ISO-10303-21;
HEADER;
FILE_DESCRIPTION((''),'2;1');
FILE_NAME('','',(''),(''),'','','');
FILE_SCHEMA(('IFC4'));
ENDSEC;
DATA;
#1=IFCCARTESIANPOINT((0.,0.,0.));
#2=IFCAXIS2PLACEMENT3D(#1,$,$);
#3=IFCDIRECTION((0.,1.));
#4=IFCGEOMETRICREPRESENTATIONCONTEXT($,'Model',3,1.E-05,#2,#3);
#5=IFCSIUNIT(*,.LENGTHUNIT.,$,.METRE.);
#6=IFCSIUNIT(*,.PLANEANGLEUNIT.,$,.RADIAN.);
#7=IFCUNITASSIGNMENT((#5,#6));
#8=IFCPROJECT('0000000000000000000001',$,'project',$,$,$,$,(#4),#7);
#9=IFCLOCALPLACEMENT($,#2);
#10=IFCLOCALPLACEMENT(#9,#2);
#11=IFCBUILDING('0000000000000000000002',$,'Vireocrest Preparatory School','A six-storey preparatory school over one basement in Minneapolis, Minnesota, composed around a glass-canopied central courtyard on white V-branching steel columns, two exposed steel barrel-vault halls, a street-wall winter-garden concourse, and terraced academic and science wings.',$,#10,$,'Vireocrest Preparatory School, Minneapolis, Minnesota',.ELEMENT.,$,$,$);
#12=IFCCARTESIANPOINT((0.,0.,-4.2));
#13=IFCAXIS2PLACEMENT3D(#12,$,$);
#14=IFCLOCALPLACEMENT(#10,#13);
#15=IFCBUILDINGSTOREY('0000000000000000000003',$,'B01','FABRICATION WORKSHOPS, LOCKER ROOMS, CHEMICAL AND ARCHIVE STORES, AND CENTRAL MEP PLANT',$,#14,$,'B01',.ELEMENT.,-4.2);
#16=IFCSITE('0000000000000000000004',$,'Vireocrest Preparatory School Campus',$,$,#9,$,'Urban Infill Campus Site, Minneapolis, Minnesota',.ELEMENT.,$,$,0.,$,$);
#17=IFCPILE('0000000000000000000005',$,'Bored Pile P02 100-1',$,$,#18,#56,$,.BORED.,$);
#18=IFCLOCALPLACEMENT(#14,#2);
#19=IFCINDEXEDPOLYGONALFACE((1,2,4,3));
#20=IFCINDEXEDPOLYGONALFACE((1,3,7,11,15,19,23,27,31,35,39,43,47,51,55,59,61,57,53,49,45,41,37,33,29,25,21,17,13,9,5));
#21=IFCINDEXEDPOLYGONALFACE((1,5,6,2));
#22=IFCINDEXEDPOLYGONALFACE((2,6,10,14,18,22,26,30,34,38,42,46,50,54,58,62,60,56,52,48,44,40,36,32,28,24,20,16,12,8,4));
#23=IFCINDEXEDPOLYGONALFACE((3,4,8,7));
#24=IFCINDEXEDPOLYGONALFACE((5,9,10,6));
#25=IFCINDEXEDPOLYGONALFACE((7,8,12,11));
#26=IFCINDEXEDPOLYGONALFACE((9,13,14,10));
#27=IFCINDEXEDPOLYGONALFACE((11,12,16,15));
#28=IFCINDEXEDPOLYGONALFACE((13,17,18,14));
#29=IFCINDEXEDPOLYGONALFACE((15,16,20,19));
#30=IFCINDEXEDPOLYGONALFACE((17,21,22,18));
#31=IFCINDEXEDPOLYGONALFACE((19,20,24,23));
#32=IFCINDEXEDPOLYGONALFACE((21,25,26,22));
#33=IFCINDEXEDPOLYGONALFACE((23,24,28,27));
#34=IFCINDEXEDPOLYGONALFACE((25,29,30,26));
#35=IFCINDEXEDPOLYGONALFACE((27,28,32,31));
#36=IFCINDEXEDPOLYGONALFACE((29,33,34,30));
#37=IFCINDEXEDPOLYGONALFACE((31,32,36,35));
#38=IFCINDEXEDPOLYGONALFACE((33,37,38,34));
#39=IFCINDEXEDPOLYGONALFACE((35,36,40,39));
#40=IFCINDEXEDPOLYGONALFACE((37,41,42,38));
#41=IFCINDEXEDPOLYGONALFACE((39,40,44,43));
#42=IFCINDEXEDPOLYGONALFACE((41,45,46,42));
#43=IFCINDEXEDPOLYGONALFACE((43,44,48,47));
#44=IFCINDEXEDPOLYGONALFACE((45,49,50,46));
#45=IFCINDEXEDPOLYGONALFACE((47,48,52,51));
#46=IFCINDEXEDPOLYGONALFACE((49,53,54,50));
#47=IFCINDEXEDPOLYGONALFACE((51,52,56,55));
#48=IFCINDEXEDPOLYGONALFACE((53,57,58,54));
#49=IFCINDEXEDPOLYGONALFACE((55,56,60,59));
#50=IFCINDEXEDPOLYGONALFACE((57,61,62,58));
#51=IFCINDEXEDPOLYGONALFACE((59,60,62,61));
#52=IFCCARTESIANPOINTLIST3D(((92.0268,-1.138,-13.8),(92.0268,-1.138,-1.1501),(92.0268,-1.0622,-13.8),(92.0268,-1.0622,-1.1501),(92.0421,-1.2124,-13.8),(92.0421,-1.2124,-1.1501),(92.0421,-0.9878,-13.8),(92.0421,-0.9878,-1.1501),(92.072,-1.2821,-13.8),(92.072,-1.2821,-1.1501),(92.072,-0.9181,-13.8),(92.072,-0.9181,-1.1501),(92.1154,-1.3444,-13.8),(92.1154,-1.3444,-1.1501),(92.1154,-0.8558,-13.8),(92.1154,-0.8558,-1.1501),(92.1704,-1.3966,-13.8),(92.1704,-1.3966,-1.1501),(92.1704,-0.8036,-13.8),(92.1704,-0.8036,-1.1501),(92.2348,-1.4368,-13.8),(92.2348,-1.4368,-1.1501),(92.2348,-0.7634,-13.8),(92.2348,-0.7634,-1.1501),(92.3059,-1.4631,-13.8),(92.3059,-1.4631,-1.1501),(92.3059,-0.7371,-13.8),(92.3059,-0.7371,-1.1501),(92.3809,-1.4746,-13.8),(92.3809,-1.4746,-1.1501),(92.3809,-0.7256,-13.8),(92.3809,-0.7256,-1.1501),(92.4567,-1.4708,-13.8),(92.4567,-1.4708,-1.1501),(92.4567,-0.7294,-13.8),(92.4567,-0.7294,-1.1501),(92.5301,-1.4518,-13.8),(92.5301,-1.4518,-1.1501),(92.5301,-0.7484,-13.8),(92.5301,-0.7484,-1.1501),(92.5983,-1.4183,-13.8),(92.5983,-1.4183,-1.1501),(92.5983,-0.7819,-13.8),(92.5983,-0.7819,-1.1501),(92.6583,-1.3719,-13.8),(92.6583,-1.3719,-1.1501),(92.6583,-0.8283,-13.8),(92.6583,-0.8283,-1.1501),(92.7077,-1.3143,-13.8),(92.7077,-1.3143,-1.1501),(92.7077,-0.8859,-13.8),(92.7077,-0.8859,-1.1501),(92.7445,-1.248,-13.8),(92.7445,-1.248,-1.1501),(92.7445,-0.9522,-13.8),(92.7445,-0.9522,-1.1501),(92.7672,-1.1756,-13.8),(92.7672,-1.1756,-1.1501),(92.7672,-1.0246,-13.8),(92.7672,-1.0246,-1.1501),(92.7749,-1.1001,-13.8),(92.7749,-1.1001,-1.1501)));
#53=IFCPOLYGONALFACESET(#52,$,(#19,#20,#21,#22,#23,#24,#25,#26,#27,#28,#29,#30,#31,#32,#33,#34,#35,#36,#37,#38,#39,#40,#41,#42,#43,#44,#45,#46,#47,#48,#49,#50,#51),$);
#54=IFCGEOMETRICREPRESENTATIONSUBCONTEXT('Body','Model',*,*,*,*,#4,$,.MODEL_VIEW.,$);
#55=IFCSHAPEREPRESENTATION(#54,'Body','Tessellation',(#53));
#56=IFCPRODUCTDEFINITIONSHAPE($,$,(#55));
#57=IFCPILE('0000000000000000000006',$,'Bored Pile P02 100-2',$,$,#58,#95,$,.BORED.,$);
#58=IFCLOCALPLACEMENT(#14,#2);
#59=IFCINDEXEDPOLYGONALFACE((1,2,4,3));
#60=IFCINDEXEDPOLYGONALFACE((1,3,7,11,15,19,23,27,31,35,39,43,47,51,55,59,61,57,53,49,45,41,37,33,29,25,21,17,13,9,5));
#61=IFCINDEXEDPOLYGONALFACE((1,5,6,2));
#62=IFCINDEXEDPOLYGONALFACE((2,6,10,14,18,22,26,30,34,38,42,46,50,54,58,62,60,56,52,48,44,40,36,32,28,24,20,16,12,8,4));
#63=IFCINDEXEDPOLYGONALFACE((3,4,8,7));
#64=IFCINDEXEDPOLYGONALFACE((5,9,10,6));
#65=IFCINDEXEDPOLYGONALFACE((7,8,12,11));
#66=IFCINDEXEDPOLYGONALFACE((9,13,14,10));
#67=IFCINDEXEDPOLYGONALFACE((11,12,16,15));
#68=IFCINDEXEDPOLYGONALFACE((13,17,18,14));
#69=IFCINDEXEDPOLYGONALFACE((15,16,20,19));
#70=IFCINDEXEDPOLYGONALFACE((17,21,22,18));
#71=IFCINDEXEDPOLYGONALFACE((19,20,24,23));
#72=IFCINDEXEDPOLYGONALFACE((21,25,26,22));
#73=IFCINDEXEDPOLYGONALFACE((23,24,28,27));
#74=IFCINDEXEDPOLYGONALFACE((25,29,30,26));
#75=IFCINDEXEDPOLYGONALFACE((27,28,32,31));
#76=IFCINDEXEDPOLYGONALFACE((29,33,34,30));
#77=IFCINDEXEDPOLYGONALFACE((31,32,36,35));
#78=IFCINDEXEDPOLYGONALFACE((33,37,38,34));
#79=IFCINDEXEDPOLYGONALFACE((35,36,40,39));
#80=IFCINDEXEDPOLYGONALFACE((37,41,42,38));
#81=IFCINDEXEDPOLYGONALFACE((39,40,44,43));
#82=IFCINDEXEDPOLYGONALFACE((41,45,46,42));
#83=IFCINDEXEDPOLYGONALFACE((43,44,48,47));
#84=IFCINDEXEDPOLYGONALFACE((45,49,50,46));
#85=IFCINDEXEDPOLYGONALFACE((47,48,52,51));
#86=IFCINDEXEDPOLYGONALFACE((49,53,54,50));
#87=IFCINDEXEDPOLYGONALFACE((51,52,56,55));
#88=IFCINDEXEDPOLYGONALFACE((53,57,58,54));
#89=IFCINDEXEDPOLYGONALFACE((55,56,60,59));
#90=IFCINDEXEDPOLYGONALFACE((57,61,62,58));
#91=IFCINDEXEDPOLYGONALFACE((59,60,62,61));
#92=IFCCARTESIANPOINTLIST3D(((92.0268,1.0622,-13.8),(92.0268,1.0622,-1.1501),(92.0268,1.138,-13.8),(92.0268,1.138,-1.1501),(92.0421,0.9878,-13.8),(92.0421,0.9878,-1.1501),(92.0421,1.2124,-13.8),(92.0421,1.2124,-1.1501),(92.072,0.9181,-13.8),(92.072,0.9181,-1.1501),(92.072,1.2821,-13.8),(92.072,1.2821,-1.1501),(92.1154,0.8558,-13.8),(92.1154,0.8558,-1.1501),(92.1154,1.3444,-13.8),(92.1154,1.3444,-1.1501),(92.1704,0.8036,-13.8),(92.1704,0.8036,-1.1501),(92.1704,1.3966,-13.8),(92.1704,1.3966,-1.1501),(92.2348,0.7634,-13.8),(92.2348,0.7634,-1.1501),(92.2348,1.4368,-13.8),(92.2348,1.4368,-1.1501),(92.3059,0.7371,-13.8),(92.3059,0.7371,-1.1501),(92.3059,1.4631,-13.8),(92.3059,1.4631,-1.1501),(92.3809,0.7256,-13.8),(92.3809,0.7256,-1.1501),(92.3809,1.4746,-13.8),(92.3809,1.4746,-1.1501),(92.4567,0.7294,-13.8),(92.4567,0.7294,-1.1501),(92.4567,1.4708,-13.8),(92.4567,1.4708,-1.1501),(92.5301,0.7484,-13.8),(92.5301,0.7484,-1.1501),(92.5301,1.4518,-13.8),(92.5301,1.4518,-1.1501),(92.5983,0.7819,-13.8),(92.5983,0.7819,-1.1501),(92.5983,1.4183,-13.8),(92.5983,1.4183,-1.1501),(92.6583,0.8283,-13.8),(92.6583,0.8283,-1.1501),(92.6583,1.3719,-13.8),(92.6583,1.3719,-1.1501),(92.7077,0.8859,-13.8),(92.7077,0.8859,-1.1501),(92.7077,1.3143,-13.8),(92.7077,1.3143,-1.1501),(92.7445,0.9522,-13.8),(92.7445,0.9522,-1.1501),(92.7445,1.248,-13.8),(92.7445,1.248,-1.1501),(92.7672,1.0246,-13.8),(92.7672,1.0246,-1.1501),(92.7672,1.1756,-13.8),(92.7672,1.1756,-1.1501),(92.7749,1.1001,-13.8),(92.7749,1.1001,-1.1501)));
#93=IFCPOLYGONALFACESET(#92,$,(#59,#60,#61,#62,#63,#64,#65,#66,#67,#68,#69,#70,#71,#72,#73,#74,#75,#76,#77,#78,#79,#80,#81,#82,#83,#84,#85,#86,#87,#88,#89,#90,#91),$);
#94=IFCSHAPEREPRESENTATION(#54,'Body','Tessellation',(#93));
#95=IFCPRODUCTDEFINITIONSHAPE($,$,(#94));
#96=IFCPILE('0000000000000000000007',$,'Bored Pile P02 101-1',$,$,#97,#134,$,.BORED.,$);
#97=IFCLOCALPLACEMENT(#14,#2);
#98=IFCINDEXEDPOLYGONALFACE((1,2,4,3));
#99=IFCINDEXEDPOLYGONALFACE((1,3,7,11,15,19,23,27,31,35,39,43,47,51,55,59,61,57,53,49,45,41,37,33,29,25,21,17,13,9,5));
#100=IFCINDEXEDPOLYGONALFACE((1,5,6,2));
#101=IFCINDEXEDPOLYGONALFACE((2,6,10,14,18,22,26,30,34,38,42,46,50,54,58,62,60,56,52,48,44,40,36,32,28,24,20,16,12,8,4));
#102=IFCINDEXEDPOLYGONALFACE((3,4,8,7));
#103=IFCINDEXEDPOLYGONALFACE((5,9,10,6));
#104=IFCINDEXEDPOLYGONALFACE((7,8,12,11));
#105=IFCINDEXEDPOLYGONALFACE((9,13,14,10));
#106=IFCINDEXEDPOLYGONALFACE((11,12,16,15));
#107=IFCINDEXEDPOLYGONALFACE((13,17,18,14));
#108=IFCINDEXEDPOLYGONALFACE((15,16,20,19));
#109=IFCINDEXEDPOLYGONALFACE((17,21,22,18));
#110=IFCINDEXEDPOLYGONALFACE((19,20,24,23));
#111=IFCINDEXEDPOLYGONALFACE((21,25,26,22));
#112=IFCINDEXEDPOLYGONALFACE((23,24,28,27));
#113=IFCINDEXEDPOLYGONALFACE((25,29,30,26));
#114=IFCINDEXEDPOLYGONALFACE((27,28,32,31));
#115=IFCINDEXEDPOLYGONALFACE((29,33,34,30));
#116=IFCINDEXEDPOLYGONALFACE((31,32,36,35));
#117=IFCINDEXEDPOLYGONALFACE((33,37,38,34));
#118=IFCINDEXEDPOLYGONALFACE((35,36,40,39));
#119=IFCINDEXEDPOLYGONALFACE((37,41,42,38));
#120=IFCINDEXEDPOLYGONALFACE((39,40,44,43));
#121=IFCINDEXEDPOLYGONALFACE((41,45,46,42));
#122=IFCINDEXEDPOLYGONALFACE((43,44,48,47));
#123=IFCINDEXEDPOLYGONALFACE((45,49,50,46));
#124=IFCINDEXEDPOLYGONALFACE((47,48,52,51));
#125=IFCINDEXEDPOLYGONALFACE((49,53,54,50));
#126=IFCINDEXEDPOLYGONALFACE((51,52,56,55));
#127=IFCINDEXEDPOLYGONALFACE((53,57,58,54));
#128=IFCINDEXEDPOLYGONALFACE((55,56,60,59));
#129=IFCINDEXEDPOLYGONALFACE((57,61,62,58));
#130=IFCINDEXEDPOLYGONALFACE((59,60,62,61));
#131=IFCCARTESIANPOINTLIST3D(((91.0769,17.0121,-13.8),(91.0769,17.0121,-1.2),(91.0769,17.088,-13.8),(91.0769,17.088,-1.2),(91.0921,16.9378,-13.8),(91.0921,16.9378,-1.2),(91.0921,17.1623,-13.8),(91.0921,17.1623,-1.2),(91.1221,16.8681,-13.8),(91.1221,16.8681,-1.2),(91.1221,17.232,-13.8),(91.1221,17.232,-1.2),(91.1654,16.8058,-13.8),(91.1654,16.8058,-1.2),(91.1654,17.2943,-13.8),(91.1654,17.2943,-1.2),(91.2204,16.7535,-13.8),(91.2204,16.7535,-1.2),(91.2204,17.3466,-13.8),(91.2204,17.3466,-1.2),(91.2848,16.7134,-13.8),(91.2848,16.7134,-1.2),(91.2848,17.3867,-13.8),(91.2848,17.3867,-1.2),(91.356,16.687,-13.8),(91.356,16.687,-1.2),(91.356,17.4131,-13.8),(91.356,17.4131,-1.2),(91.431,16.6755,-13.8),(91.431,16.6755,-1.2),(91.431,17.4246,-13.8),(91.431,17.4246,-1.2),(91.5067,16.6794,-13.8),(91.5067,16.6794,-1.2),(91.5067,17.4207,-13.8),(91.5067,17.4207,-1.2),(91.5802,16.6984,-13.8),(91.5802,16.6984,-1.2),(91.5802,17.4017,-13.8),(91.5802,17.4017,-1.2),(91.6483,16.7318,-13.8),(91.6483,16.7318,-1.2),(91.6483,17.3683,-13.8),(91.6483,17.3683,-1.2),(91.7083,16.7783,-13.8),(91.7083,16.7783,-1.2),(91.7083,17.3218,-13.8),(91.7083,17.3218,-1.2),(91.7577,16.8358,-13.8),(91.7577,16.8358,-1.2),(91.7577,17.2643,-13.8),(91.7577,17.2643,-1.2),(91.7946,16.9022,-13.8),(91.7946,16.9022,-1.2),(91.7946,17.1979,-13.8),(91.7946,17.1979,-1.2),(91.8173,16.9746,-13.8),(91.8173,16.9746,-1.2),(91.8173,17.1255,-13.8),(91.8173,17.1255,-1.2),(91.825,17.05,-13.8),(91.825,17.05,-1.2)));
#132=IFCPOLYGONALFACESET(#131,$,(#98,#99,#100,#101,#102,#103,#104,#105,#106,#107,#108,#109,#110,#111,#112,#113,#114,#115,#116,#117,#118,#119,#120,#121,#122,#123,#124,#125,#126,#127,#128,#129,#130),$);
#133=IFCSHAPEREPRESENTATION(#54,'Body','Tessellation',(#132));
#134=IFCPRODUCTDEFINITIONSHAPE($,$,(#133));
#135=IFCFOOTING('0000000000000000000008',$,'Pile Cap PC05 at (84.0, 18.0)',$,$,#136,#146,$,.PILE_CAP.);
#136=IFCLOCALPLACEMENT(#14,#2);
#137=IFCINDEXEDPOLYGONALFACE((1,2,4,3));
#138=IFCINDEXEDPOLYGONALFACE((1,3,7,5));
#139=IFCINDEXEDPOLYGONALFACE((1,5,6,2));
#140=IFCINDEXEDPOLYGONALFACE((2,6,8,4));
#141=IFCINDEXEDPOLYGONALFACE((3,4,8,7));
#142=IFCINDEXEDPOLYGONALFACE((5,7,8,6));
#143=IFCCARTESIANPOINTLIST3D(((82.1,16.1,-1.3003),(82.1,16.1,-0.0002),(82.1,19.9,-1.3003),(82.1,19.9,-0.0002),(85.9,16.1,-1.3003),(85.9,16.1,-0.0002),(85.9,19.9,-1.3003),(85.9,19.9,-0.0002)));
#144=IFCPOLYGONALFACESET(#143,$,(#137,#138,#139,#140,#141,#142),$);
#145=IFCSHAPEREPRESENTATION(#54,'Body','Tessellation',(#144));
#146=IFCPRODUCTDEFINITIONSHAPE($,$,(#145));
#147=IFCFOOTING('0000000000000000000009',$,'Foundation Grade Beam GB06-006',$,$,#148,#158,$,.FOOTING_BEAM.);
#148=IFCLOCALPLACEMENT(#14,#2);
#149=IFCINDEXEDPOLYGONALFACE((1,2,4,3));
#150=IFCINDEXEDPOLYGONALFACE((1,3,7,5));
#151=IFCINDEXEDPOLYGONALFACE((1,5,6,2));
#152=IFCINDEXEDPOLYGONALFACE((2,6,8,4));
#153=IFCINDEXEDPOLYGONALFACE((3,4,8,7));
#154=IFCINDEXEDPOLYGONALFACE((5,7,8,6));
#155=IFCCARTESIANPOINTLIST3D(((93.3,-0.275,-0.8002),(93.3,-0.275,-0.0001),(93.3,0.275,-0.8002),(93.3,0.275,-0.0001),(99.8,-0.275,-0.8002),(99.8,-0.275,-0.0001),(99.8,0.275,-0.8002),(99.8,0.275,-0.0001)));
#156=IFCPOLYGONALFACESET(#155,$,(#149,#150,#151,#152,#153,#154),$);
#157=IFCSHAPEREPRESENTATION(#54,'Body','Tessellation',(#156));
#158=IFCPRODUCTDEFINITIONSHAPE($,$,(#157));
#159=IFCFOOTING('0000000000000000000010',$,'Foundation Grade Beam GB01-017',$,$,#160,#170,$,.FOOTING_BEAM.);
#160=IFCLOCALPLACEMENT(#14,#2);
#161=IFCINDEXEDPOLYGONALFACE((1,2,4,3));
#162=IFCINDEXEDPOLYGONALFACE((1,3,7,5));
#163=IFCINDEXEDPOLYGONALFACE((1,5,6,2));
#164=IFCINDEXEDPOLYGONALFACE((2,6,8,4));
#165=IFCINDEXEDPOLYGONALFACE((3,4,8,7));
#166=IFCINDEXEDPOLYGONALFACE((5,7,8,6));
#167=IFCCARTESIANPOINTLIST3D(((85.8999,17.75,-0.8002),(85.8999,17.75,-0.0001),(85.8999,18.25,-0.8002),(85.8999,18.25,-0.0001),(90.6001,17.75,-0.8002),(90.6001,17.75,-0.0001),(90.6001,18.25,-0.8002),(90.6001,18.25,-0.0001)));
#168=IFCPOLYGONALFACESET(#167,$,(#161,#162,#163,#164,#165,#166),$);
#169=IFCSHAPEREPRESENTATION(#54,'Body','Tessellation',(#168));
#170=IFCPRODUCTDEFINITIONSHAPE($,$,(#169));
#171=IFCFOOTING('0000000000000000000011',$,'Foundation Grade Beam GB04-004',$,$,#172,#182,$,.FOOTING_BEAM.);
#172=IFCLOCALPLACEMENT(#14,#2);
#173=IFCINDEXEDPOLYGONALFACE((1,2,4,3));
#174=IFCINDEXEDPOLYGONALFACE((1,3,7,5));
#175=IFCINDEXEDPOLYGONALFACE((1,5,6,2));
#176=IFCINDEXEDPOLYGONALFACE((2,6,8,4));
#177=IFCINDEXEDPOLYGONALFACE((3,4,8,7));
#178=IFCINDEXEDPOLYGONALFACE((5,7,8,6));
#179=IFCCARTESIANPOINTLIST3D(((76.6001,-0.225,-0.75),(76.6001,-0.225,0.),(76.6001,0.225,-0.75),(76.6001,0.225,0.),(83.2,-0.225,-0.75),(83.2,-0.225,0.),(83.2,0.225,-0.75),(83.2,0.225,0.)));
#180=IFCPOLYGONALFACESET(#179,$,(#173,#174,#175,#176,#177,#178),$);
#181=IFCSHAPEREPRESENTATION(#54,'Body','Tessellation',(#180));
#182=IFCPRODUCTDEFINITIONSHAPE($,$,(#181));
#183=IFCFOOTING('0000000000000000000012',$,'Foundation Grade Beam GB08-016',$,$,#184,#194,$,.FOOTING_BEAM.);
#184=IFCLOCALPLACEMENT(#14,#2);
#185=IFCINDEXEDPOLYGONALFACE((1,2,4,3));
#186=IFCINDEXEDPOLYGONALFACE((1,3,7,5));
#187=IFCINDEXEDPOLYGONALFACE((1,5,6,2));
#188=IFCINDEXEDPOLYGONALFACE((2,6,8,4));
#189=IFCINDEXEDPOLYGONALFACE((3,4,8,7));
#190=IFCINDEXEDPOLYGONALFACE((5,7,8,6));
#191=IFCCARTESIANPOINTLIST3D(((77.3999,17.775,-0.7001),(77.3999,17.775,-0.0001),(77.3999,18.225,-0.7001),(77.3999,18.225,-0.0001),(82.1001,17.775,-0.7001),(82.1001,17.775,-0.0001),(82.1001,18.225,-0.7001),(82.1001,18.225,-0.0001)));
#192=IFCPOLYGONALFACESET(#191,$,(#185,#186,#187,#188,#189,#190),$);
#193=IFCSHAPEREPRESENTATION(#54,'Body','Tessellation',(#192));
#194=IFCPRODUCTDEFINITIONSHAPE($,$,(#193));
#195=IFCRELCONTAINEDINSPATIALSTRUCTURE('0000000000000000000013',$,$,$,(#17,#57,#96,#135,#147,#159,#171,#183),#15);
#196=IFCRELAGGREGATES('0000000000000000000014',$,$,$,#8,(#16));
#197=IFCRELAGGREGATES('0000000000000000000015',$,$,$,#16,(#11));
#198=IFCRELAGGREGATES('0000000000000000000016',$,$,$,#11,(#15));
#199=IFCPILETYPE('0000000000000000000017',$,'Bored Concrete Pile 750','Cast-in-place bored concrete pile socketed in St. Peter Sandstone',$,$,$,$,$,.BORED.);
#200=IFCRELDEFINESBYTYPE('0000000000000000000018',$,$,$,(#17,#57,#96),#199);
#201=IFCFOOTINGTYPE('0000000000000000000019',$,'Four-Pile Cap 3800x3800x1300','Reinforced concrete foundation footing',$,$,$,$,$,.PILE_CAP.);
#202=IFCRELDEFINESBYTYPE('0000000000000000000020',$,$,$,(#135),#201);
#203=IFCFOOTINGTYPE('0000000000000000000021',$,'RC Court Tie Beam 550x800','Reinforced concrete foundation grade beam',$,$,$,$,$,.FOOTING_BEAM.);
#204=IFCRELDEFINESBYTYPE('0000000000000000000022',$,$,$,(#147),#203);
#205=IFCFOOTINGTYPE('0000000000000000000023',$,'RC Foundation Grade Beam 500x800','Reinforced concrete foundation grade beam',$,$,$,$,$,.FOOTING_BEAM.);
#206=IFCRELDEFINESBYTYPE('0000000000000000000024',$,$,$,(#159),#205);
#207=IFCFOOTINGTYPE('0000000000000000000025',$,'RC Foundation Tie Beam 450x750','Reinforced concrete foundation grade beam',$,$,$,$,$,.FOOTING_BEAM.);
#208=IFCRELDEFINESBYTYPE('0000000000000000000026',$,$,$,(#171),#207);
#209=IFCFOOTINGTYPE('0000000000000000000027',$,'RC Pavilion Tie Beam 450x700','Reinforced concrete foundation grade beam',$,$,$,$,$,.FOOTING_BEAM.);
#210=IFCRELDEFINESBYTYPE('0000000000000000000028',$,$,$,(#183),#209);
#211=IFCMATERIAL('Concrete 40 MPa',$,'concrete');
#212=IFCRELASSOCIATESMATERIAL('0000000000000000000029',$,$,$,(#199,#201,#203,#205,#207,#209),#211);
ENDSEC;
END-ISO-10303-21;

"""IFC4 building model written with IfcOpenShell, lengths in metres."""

from ifc_helpers import new_model, si_unit, direction, frame, origin, origin_2d, place, context, subcontext, project, spatial, rectangle, circle, extrude, material, material_profile, profile_set, type_object, element, save


model = new_model("IFC4")

# Units and contexts
model_context = context("Model", 3, precision=1e-05, world=origin(), true_north=direction((0.0, 1.0)))
body_context = subcontext(model_context, "Body", "Model", "MODEL_VIEW")
ifc_project = project(units=[si_unit("LENGTHUNIT", "METRE"), si_unit("PLANEANGLEUNIT", "RADIAN")], contexts=[model_context])

# Site, building, storey
site_placement = place(None, origin())
site = spatial("IfcSite", under=ifc_project, at=site_placement, Name="Vireocrest Preparatory School Campus", LongName="Urban Infill Campus Site, Minneapolis, Minnesota", CompositionType="ELEMENT", RefElevation=0.0)
building_placement = place(site_placement, origin())
building = spatial("IfcBuilding", under=site, at=building_placement, Name="Vireocrest Preparatory School", Description="A six-storey preparatory school over one basement in Minneapolis, Minnesota, composed around a glass-canopied central courtyard on white V-branching steel columns, two exposed steel barrel-vault halls, a street-wall winter-garden concourse, and terraced academic and science wings.", LongName="Vireocrest Preparatory School, Minneapolis, Minnesota", CompositionType="ELEMENT")
storey_placement = place(building_placement, frame((0.0, 0.0, -4.2)))
storey = spatial("IfcBuildingStorey", under=building, at=storey_placement, Name="B01", Description="FABRICATION WORKSHOPS, LOCKER ROOMS, CHEMICAL AND ARCHIVE STORES, AND CENTRAL MEP PLANT", LongName="B01", CompositionType="ELEMENT", Elevation=-4.2)

# Piles
ifc_material_1 = material(Name="Concrete 40 MPa", Category="concrete")
ifc_material_profile_1 = material_profile(ifc_material_1, circle(Radius=0.375, at=origin_2d()), Name="BORED PILE 750")
ifc_profile_set_1 = profile_set([ifc_material_profile_1], Name="Concrete 40 MPa")
pile_type_1 = type_object("IfcPileType", Name="Bored Concrete Pile 750", Description="Cast-in-place bored concrete pile socketed in St. Peter Sandstone", PredefinedType="BORED", material=ifc_profile_set_1)
for number, where, z_axis, x_axis, name in (
    (1, (92.3999, -1.1001, -1.1501), (0.0, 0.0, -1.0), (1.0, 0.0, 0.0), "Bored Pile P02 100-1"),
    (2, (92.3999, 1.1001, -1.1501), (0.0, 0.0, -1.0), (1.0, 0.0, 0.0), "Bored Pile P02 100-2"),
):
    element("IfcPile", number, at=place(storey_placement, frame(where, z_axis=z_axis, x_axis=x_axis)), inside=storey, type_object=pile_type_1, Name=name, PredefinedType="BORED", context=body_context, shape_type="SweptSolid", body=[
        extrude(circle(Radius=0.375, at=origin_2d()), origin(), (0.0, 0.0, 1.0), 12.6499),
    ])
pile_placement = place(storey_placement, frame((91.45, 17.05, -1.2), z_axis=(0.0, 0.0, -1.0), x_axis=(1.0, 0.0, 0.0)))
element("IfcPile", 3, at=pile_placement, inside=storey, type_object=pile_type_1, Name="Bored Pile P02 101-1", PredefinedType="BORED", context=body_context, shape_type="SweptSolid", body=[
    extrude(circle(Radius=0.375, at=origin_2d()), origin(), (0.0, 0.0, 1.0), 12.6001),
])

# Footings
footing_type_1 = type_object("IfcFootingType", Name="Four-Pile Cap 3800x3800x1300", Description="Reinforced concrete foundation footing", PredefinedType="PILE_CAP", material=ifc_material_1)
footing_1_placement = place(storey_placement, frame((84.0, 18.0, -1.3003), z_axis=(0.0, 0.0, 1.0), x_axis=(1.0, 0.0, 0.0)))
element("IfcFooting", 4, at=footing_1_placement, inside=storey, type_object=footing_type_1, Name="Pile Cap PC05 at (84.0, 18.0)", PredefinedType="PILE_CAP", context=body_context, shape_type="SweptSolid", body=[
    extrude(rectangle(XDim=3.8, YDim=3.8, at=origin_2d()), origin(), (0.0, 0.0, 1.0), 1.3),
])
ifc_material_profile_2 = material_profile(ifc_material_1, rectangle(XDim=0.55, YDim=0.8, at=origin_2d()), Name="GB 550x800")
ifc_profile_set_2 = profile_set([ifc_material_profile_2], Name="Concrete 40 MPa")
footing_type_2 = type_object("IfcFootingType", Name="RC Court Tie Beam 550x800", Description="Reinforced concrete foundation grade beam", PredefinedType="FOOTING_BEAM", material=ifc_profile_set_2)
footing_2_placement = place(storey_placement, frame((93.3, 0.0, -0.4001), z_axis=(1.0, 0.0, 0.0), x_axis=(0.0, 1.0, 0.0)))
element("IfcFooting", 5, at=footing_2_placement, inside=storey, type_object=footing_type_2, Name="Foundation Grade Beam GB06-006", PredefinedType="FOOTING_BEAM", context=body_context, shape_type="SweptSolid", body=[
    extrude(rectangle(XDim=0.55, YDim=0.8, at=origin_2d()), origin(), (0.0, 0.0, 1.0), 6.5),
])
ifc_material_profile_3 = material_profile(ifc_material_1, rectangle(XDim=0.5, YDim=0.8, at=origin_2d()), Name="GB 500x800")
ifc_profile_set_3 = profile_set([ifc_material_profile_3], Name="Concrete 40 MPa")
footing_type_3 = type_object("IfcFootingType", Name="RC Foundation Grade Beam 500x800", Description="Reinforced concrete foundation grade beam", PredefinedType="FOOTING_BEAM", material=ifc_profile_set_3)
footing_3_placement = place(storey_placement, frame((85.8999, 18.0, -0.4001), z_axis=(1.0, 0.0, 0.0), x_axis=(0.0, 1.0, 0.0)))
element("IfcFooting", 6, at=footing_3_placement, inside=storey, type_object=footing_type_3, Name="Foundation Grade Beam GB01-017", PredefinedType="FOOTING_BEAM", context=body_context, shape_type="SweptSolid", body=[
    extrude(rectangle(XDim=0.5, YDim=0.8, at=origin_2d()), origin(), (0.0, 0.0, 1.0), 4.7002),
])
ifc_material_profile_4 = material_profile(ifc_material_1, rectangle(XDim=0.45, YDim=0.75, at=origin_2d()), Name="GB 450x750")
ifc_profile_set_4 = profile_set([ifc_material_profile_4], Name="Concrete 40 MPa")
footing_type_4 = type_object("IfcFootingType", Name="RC Foundation Tie Beam 450x750", Description="Reinforced concrete foundation grade beam", PredefinedType="FOOTING_BEAM", material=ifc_profile_set_4)
footing_4_placement = place(storey_placement, frame((76.6001, 0.0, -0.375), z_axis=(1.0, 0.0, 0.0), x_axis=(0.0, 1.0, 0.0)))
element("IfcFooting", 7, at=footing_4_placement, inside=storey, type_object=footing_type_4, Name="Foundation Grade Beam GB04-004", PredefinedType="FOOTING_BEAM", context=body_context, shape_type="SweptSolid", body=[
    extrude(rectangle(XDim=0.45, YDim=0.75, at=origin_2d()), origin(), (0.0, 0.0, 1.0), 6.5999),
])
ifc_material_profile_5 = material_profile(ifc_material_1, rectangle(XDim=0.45, YDim=0.7, at=origin_2d()), Name="GB 450x700")
ifc_profile_set_5 = profile_set([ifc_material_profile_5], Name="Concrete 40 MPa")
footing_type_5 = type_object("IfcFootingType", Name="RC Pavilion Tie Beam 450x700", Description="Reinforced concrete foundation grade beam", PredefinedType="FOOTING_BEAM", material=ifc_profile_set_5)
footing_5_placement = place(storey_placement, frame((77.3999, 18.0, -0.3501), z_axis=(1.0, 0.0, 0.0), x_axis=(0.0, 1.0, 0.0)))
element("IfcFooting", 8, at=footing_5_placement, inside=storey, type_object=footing_type_5, Name="Foundation Grade Beam GB08-016", PredefinedType="FOOTING_BEAM", context=body_context, shape_type="SweptSolid", body=[
    extrude(rectangle(XDim=0.45, YDim=0.7, at=origin_2d()), origin(), (0.0, 0.0, 1.0), 4.7002),
])

save(model, "model.ifc")
